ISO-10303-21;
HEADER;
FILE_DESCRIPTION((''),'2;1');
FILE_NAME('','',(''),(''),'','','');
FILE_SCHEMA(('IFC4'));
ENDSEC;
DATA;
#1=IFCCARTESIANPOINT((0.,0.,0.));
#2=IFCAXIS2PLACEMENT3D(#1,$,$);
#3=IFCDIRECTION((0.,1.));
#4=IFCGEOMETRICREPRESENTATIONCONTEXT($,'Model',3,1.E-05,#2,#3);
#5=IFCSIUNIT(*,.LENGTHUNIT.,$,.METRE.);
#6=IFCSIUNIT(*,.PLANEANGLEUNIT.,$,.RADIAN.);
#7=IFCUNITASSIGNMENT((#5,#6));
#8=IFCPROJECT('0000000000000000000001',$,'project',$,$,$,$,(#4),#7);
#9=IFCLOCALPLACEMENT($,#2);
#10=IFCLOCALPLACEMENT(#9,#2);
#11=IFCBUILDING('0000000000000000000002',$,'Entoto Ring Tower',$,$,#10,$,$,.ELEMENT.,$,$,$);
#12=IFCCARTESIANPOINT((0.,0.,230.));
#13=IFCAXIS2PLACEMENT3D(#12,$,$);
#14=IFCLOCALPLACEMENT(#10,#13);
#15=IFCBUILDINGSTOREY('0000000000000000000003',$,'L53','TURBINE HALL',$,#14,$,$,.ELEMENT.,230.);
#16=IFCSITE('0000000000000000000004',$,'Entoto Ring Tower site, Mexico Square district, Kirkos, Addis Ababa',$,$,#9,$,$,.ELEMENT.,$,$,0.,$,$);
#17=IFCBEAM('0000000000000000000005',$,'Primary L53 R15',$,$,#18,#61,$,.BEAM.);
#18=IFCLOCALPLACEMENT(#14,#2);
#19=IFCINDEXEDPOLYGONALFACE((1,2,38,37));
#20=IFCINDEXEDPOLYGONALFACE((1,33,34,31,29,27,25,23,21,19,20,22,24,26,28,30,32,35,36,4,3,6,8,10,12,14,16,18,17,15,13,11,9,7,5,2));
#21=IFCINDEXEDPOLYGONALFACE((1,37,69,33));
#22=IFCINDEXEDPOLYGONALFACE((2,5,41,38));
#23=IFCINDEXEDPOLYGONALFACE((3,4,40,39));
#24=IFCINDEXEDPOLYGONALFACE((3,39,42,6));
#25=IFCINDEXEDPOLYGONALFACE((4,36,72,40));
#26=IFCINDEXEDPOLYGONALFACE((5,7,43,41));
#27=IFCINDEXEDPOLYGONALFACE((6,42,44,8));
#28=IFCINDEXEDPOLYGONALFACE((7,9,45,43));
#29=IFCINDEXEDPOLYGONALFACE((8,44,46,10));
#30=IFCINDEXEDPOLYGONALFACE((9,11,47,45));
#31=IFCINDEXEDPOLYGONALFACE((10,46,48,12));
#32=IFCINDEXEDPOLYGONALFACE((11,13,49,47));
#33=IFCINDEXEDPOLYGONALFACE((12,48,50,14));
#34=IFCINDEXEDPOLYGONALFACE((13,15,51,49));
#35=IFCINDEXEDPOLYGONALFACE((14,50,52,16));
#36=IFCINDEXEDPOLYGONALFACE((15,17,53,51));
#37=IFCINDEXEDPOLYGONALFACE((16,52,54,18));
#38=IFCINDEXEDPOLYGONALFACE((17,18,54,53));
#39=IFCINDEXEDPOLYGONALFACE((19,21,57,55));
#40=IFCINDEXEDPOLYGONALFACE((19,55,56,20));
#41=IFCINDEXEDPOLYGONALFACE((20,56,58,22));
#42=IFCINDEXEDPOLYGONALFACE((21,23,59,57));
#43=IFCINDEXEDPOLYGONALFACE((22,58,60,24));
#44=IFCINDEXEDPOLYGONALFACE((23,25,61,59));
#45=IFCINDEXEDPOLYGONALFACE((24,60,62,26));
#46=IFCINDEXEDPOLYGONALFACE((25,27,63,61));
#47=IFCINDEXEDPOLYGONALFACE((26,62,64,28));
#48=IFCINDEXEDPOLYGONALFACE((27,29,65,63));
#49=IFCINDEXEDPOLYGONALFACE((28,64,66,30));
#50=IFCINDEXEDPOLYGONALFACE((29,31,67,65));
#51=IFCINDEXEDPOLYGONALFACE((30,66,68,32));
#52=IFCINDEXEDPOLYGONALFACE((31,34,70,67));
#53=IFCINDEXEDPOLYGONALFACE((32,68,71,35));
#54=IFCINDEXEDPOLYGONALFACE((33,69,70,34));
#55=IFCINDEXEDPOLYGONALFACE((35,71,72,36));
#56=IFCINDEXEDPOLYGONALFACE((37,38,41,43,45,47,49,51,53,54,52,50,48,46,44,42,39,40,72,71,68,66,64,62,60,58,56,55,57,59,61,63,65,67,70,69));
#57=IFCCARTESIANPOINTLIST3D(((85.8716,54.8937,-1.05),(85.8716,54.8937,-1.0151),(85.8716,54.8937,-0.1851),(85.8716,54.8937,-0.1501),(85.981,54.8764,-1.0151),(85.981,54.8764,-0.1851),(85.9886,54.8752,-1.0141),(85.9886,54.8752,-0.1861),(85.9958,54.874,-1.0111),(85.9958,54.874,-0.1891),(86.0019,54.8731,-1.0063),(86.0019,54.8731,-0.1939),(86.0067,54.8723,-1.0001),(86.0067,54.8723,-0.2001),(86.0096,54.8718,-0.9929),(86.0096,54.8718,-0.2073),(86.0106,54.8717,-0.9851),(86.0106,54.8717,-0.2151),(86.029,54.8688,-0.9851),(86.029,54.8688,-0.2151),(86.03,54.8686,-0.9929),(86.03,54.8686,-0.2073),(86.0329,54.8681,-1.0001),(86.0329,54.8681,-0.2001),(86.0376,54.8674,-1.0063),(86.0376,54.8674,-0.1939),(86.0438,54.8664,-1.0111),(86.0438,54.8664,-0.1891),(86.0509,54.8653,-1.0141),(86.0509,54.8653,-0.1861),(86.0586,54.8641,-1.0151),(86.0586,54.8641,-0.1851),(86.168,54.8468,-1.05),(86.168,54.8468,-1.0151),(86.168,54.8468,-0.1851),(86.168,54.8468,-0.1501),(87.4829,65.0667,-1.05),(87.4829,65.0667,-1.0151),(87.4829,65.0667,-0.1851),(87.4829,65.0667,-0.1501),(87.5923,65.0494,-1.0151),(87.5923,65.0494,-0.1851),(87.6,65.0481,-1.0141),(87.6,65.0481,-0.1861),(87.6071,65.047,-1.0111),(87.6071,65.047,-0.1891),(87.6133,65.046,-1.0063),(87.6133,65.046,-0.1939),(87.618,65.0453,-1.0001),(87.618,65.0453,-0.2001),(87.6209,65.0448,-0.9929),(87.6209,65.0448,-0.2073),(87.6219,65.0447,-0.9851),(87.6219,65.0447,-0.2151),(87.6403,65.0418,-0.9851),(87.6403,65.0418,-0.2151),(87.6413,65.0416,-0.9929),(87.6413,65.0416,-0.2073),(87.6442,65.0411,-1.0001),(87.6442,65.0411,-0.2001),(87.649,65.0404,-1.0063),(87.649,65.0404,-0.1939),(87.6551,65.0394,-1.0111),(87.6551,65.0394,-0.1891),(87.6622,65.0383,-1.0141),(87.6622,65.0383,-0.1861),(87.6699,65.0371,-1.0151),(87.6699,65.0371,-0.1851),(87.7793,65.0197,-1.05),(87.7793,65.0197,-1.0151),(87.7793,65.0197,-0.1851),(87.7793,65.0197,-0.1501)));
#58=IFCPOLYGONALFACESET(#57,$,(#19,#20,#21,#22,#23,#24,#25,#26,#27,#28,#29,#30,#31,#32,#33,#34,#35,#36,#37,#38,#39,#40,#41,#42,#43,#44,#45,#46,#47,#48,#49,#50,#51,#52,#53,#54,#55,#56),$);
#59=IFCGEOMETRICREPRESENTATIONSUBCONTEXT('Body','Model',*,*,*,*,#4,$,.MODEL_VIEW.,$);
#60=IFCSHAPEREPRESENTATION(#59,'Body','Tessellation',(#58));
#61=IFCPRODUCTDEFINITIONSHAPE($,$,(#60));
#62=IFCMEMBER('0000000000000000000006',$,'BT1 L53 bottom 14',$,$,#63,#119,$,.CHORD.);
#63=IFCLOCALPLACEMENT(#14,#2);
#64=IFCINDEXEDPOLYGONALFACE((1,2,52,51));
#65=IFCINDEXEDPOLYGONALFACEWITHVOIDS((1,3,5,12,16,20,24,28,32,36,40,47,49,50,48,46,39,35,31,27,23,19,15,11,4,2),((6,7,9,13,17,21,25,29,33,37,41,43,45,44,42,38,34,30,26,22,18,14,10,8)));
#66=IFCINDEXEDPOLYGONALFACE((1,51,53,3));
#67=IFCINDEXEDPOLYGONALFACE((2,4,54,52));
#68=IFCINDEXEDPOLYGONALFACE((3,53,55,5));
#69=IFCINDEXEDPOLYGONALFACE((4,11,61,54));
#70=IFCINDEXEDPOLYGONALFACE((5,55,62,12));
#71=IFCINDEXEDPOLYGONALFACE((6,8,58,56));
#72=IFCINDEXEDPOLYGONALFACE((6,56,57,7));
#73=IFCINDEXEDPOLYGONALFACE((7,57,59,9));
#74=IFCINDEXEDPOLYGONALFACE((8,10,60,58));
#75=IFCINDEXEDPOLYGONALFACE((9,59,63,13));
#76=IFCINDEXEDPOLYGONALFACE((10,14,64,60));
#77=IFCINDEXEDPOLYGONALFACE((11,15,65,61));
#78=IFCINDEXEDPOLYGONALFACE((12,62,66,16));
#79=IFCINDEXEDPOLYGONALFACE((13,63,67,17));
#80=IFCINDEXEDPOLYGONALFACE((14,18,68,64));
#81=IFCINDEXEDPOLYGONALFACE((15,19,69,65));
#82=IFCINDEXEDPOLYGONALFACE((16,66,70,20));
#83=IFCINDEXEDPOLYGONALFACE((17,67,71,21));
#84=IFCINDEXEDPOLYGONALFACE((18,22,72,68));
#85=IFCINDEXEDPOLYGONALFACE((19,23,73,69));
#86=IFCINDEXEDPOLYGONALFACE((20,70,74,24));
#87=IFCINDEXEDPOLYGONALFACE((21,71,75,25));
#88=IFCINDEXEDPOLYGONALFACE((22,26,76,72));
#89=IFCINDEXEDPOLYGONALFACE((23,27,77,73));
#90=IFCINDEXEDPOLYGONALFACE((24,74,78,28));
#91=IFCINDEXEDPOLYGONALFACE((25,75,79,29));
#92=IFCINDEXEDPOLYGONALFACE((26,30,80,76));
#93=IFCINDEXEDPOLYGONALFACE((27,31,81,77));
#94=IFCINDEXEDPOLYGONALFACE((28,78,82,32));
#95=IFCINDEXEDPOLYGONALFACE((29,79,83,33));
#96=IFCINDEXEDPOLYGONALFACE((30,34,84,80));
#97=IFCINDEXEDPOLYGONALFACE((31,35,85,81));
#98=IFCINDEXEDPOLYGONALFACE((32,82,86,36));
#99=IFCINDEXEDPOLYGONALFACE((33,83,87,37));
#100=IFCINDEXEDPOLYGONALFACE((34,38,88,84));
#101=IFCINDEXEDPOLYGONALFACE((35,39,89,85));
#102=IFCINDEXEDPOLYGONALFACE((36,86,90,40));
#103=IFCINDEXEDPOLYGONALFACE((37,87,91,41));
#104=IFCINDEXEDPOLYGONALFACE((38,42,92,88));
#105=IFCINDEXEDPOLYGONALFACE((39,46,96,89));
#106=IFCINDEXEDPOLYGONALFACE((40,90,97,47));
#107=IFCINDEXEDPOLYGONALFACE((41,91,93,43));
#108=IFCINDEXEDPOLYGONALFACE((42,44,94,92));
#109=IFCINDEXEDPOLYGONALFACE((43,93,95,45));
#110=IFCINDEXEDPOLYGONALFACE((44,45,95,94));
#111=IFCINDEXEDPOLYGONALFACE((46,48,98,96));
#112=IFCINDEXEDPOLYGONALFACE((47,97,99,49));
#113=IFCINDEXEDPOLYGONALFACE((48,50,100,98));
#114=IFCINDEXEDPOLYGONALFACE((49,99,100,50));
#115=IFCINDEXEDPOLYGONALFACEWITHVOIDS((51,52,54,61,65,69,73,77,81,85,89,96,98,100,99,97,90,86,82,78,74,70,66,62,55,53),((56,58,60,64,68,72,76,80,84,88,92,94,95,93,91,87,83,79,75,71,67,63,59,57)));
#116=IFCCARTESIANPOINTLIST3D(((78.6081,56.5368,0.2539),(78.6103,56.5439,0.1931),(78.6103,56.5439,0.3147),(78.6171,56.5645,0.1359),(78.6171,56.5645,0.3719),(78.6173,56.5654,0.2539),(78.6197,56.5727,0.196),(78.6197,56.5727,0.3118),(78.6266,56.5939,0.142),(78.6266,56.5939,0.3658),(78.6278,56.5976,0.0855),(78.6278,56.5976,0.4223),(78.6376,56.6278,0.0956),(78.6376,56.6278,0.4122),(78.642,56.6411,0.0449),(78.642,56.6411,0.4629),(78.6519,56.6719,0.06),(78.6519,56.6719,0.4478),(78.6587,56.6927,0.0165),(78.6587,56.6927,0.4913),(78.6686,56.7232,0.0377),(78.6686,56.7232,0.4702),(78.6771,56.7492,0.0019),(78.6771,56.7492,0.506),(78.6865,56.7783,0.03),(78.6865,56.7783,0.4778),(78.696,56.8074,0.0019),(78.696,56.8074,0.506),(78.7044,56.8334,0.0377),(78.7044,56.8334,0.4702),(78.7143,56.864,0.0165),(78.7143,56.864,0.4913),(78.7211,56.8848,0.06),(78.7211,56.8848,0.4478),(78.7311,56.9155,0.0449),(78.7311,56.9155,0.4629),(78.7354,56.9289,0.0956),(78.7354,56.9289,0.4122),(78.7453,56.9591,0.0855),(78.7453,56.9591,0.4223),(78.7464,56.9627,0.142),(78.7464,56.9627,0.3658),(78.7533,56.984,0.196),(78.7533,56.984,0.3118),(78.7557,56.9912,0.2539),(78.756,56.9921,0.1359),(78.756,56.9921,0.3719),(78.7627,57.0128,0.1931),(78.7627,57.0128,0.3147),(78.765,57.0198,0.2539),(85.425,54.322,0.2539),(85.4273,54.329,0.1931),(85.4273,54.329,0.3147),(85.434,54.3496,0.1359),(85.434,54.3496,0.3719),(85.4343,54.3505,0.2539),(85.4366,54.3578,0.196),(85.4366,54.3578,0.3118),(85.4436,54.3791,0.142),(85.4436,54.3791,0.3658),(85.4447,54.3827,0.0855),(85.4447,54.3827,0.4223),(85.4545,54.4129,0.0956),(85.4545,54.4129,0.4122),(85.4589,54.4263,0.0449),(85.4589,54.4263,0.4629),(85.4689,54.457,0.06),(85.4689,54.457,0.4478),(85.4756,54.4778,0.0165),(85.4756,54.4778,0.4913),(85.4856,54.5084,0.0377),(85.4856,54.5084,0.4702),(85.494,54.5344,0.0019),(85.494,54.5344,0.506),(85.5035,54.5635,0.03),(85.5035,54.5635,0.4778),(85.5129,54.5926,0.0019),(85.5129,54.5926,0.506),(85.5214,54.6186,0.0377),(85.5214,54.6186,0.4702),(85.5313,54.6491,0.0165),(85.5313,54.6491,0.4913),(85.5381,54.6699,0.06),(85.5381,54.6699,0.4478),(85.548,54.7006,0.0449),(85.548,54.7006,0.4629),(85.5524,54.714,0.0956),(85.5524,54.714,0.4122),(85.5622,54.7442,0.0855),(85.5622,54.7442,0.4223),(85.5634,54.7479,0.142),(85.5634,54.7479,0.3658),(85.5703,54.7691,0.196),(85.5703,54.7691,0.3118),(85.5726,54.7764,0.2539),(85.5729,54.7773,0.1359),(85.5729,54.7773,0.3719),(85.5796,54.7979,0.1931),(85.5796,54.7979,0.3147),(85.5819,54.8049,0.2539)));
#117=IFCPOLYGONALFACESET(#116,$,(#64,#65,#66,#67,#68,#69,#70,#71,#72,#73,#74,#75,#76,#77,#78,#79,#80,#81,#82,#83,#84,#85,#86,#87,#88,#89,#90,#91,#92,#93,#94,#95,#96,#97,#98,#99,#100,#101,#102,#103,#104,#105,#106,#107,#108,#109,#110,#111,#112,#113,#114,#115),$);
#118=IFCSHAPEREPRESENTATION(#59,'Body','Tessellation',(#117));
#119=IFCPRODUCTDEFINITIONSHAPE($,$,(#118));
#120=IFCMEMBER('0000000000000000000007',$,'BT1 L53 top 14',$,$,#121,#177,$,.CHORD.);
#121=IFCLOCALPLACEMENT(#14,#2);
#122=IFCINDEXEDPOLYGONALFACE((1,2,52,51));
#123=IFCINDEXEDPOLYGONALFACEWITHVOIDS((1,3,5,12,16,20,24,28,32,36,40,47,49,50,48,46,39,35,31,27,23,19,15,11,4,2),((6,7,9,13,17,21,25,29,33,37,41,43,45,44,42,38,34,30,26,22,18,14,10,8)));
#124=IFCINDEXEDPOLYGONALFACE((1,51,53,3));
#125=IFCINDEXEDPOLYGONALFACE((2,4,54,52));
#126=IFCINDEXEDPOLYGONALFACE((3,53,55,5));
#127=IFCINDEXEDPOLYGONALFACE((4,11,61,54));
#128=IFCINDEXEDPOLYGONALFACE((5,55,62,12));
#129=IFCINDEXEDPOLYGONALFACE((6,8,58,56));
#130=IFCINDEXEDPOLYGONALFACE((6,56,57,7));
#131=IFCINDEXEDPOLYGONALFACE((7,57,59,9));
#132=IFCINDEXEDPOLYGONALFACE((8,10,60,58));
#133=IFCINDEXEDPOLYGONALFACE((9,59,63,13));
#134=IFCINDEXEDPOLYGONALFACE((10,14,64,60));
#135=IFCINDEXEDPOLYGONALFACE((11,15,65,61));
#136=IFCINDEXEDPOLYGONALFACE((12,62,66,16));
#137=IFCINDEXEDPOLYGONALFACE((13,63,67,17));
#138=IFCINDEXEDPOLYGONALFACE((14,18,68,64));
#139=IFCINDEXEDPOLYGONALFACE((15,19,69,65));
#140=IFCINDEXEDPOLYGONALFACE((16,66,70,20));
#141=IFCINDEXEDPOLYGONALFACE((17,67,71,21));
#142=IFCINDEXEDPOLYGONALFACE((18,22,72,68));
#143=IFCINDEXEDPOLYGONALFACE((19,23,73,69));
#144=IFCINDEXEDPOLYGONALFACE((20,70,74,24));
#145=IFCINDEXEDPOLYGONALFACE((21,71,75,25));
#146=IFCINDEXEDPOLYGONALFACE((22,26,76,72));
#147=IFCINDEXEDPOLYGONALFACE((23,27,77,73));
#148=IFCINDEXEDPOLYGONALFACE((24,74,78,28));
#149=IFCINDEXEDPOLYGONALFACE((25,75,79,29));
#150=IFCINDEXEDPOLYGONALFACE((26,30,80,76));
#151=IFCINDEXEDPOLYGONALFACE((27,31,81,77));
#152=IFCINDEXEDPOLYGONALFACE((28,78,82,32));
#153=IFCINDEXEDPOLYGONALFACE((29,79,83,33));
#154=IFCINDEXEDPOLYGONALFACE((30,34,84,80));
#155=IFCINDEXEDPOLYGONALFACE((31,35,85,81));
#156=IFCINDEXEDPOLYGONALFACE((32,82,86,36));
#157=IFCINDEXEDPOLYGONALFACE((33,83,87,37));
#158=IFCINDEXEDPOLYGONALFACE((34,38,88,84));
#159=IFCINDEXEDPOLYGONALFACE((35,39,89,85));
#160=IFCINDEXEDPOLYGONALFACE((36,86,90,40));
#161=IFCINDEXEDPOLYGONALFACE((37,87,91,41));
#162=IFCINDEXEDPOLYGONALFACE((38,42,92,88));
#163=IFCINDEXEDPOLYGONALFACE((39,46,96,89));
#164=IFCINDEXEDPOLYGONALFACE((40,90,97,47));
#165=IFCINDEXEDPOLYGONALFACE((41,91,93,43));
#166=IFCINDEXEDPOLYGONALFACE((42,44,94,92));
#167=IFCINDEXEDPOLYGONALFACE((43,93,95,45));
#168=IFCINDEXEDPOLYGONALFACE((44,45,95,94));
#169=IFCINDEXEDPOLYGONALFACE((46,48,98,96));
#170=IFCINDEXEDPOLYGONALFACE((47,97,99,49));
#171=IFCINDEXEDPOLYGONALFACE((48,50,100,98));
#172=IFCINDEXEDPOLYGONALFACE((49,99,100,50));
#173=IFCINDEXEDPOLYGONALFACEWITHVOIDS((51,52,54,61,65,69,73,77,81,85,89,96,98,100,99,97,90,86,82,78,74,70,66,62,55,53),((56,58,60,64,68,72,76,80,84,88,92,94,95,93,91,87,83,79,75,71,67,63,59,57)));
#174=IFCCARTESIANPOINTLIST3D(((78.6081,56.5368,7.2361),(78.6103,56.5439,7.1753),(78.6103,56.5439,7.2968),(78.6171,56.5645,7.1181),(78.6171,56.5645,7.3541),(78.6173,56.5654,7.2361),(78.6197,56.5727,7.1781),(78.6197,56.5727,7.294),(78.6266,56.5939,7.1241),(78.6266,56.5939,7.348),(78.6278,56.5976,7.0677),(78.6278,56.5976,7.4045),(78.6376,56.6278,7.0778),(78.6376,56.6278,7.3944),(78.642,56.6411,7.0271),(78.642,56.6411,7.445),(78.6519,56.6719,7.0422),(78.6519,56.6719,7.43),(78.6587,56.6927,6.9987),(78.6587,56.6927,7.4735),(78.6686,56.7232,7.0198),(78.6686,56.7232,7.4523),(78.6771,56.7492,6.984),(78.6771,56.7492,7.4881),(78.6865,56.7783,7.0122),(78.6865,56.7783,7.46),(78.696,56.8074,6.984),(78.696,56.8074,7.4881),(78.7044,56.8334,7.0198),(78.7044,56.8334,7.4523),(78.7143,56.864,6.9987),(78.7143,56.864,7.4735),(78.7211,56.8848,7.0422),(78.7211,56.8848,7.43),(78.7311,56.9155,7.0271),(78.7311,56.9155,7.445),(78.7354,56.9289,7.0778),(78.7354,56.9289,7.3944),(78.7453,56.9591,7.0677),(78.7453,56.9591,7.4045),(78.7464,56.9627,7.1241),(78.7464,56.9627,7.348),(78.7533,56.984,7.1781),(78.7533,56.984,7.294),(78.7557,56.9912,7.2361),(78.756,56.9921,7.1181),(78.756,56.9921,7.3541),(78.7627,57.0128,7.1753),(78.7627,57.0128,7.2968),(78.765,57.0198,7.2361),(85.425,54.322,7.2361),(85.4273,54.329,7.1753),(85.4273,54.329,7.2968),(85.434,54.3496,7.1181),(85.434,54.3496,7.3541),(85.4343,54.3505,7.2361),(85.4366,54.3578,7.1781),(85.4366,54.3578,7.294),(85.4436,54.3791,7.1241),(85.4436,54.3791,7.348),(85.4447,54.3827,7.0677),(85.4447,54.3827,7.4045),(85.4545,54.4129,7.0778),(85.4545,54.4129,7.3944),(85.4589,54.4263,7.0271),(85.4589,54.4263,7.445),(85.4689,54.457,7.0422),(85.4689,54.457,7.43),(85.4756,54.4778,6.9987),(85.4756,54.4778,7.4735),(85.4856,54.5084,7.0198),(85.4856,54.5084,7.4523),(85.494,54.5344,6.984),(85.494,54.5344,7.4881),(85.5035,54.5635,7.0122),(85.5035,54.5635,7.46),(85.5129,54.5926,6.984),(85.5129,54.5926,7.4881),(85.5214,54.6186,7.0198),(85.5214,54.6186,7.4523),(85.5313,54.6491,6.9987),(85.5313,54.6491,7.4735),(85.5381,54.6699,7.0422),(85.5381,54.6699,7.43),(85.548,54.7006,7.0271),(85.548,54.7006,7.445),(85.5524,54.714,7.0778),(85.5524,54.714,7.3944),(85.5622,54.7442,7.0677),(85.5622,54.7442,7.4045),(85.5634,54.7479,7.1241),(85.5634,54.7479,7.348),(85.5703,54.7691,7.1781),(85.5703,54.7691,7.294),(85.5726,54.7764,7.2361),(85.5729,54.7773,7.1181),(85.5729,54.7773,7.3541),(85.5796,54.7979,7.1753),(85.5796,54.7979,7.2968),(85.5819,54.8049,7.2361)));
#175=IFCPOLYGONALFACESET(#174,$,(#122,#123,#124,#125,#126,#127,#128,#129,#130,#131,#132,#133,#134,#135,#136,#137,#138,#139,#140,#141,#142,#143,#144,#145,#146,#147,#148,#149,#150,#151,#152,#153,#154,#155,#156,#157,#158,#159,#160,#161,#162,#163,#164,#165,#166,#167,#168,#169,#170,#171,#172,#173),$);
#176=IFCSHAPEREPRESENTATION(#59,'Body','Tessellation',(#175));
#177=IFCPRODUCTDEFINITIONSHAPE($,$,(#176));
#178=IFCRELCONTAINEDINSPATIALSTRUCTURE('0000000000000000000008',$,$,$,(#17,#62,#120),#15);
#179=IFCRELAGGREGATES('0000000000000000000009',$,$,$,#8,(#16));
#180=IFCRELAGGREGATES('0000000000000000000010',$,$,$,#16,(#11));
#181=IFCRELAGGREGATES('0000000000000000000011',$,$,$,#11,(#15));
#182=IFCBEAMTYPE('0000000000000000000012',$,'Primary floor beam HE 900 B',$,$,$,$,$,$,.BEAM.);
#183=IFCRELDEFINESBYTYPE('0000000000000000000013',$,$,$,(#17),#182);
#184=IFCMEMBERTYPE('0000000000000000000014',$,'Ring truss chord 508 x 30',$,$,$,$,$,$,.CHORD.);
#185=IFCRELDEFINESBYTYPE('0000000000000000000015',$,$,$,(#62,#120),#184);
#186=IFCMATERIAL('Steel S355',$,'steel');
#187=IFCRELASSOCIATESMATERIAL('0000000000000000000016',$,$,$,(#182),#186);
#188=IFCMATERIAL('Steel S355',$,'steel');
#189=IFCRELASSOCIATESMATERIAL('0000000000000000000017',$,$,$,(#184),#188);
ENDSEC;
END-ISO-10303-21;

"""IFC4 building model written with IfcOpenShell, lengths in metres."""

from ifc_helpers import new_model, si_unit, direction, frame, origin, origin_2d, place, context, subcontext, project, spatial, circle, hollow_circle, i_section, extrude, material, material_profile, profile_set, type_object, element, save


model = new_model("IFC4")

# Units and contexts
model_context = context("Model", 3, precision=1e-05, world=origin(), true_north=direction((0.0, 1.0)))
body_context = subcontext(model_context, "Body", "Model", "MODEL_VIEW")
ifc_project = project(units=[si_unit("LENGTHUNIT", "METRE"), si_unit("PLANEANGLEUNIT", "RADIAN")], contexts=[model_context])

# Site, building, storey
site_placement = place(None, origin())
site = spatial("IfcSite", under=ifc_project, at=site_placement, Name="Entoto Ring Tower site, Mexico Square district, Kirkos, Addis Ababa", CompositionType="ELEMENT", RefElevation=0.0)
building_placement = place(site_placement, origin())
building = spatial("IfcBuilding", under=site, at=building_placement, Name="Entoto Ring Tower", CompositionType="ELEMENT")
storey_placement = place(building_placement, frame((0.0, 0.0, 230.0)))
storey = spatial("IfcBuildingStorey", under=building, at=storey_placement, Name="L53", Description="TURBINE HALL", CompositionType="ELEMENT", Elevation=230.0)

# Beam
ifc_material_1 = material(Name="Steel S355", Category="steel")
ifc_material_profile_1 = material_profile(ifc_material_1, i_section(OverallWidth=0.3, OverallDepth=0.8999, WebThickness=0.0186, FlangeThickness=0.0349, FilletRadius=0.03, at=origin_2d()), Name="HE 900 B")
ifc_profile_set_1 = profile_set([ifc_material_profile_1], Name="Steel S355")
beam_type_1 = type_object("IfcBeamType", Name="Primary floor beam HE 900 B", PredefinedType="BEAM", material=ifc_profile_set_1)
beam_1_placement = place(storey_placement, frame((87.6311, 65.0432, -0.6001), z_axis=(-0.156441, -0.987687, 0.0), x_axis=(0.987687, -0.156441, 0.0)))
element("IfcBeam", 1, at=beam_1_placement, inside=storey, type_object=beam_type_1, Name="Primary L53 R15", PredefinedType="BEAM", context=body_context, shape_type="SweptSolid", body=[
    extrude(i_section(OverallWidth=0.3, OverallDepth=0.8999, WebThickness=0.0186, FlangeThickness=0.0349, FilletRadius=0.03, at=origin_2d()), origin(), (0.0, 0.0, 1.0), 10.2998),
])

# Members
ifc_material_2 = material(Name="Steel S355", Category="steel")
ifc_material_profile_2 = material_profile(ifc_material_2, hollow_circle(Radius=0.2539, WallThickness=0.03, at=origin_2d()), Name="CHS 508 x 30")
ifc_material_3 = material(Name="Concrete C60/75", Category="concrete")
ifc_material_profile_3 = material_profile(ifc_material_3, circle(Radius=0.2241, at=origin_2d()), Name="Concrete C60/75 infill")
ifc_profile_set_2 = profile_set([ifc_material_profile_2, ifc_material_profile_3], Name="Steel S355")
member_type_1 = type_object("IfcMemberType", Name="Ring truss chord 508 x 30", PredefinedType="CHORD", material=ifc_profile_set_2)
for number, where, z_axis, x_axis, name in (
    (2, (78.6865, 56.7783, 0.2539), (0.951061, -0.309004, 0.0), (0.309004, 0.951061, 0.0), "BT1 L53 bottom 14"),
    (3, (78.6865, 56.7783, 7.2361), (0.951061, -0.309004, 0.0), (0.309004, 0.951061, 0.0), "BT1 L53 top 14"),
):
    element("IfcMember", number, at=place(storey_placement, frame(where, z_axis=z_axis, x_axis=x_axis)), inside=storey, type_object=member_type_1, Name=name, PredefinedType="CHORD", context=body_context, shape_type="SweptSolid", body=[
        extrude(hollow_circle(Radius=0.2539, WallThickness=0.03, at=origin_2d()), origin(), (0.0, 0.0, 1.0), 7.1677),
    ])

save(model, "model.ifc")
